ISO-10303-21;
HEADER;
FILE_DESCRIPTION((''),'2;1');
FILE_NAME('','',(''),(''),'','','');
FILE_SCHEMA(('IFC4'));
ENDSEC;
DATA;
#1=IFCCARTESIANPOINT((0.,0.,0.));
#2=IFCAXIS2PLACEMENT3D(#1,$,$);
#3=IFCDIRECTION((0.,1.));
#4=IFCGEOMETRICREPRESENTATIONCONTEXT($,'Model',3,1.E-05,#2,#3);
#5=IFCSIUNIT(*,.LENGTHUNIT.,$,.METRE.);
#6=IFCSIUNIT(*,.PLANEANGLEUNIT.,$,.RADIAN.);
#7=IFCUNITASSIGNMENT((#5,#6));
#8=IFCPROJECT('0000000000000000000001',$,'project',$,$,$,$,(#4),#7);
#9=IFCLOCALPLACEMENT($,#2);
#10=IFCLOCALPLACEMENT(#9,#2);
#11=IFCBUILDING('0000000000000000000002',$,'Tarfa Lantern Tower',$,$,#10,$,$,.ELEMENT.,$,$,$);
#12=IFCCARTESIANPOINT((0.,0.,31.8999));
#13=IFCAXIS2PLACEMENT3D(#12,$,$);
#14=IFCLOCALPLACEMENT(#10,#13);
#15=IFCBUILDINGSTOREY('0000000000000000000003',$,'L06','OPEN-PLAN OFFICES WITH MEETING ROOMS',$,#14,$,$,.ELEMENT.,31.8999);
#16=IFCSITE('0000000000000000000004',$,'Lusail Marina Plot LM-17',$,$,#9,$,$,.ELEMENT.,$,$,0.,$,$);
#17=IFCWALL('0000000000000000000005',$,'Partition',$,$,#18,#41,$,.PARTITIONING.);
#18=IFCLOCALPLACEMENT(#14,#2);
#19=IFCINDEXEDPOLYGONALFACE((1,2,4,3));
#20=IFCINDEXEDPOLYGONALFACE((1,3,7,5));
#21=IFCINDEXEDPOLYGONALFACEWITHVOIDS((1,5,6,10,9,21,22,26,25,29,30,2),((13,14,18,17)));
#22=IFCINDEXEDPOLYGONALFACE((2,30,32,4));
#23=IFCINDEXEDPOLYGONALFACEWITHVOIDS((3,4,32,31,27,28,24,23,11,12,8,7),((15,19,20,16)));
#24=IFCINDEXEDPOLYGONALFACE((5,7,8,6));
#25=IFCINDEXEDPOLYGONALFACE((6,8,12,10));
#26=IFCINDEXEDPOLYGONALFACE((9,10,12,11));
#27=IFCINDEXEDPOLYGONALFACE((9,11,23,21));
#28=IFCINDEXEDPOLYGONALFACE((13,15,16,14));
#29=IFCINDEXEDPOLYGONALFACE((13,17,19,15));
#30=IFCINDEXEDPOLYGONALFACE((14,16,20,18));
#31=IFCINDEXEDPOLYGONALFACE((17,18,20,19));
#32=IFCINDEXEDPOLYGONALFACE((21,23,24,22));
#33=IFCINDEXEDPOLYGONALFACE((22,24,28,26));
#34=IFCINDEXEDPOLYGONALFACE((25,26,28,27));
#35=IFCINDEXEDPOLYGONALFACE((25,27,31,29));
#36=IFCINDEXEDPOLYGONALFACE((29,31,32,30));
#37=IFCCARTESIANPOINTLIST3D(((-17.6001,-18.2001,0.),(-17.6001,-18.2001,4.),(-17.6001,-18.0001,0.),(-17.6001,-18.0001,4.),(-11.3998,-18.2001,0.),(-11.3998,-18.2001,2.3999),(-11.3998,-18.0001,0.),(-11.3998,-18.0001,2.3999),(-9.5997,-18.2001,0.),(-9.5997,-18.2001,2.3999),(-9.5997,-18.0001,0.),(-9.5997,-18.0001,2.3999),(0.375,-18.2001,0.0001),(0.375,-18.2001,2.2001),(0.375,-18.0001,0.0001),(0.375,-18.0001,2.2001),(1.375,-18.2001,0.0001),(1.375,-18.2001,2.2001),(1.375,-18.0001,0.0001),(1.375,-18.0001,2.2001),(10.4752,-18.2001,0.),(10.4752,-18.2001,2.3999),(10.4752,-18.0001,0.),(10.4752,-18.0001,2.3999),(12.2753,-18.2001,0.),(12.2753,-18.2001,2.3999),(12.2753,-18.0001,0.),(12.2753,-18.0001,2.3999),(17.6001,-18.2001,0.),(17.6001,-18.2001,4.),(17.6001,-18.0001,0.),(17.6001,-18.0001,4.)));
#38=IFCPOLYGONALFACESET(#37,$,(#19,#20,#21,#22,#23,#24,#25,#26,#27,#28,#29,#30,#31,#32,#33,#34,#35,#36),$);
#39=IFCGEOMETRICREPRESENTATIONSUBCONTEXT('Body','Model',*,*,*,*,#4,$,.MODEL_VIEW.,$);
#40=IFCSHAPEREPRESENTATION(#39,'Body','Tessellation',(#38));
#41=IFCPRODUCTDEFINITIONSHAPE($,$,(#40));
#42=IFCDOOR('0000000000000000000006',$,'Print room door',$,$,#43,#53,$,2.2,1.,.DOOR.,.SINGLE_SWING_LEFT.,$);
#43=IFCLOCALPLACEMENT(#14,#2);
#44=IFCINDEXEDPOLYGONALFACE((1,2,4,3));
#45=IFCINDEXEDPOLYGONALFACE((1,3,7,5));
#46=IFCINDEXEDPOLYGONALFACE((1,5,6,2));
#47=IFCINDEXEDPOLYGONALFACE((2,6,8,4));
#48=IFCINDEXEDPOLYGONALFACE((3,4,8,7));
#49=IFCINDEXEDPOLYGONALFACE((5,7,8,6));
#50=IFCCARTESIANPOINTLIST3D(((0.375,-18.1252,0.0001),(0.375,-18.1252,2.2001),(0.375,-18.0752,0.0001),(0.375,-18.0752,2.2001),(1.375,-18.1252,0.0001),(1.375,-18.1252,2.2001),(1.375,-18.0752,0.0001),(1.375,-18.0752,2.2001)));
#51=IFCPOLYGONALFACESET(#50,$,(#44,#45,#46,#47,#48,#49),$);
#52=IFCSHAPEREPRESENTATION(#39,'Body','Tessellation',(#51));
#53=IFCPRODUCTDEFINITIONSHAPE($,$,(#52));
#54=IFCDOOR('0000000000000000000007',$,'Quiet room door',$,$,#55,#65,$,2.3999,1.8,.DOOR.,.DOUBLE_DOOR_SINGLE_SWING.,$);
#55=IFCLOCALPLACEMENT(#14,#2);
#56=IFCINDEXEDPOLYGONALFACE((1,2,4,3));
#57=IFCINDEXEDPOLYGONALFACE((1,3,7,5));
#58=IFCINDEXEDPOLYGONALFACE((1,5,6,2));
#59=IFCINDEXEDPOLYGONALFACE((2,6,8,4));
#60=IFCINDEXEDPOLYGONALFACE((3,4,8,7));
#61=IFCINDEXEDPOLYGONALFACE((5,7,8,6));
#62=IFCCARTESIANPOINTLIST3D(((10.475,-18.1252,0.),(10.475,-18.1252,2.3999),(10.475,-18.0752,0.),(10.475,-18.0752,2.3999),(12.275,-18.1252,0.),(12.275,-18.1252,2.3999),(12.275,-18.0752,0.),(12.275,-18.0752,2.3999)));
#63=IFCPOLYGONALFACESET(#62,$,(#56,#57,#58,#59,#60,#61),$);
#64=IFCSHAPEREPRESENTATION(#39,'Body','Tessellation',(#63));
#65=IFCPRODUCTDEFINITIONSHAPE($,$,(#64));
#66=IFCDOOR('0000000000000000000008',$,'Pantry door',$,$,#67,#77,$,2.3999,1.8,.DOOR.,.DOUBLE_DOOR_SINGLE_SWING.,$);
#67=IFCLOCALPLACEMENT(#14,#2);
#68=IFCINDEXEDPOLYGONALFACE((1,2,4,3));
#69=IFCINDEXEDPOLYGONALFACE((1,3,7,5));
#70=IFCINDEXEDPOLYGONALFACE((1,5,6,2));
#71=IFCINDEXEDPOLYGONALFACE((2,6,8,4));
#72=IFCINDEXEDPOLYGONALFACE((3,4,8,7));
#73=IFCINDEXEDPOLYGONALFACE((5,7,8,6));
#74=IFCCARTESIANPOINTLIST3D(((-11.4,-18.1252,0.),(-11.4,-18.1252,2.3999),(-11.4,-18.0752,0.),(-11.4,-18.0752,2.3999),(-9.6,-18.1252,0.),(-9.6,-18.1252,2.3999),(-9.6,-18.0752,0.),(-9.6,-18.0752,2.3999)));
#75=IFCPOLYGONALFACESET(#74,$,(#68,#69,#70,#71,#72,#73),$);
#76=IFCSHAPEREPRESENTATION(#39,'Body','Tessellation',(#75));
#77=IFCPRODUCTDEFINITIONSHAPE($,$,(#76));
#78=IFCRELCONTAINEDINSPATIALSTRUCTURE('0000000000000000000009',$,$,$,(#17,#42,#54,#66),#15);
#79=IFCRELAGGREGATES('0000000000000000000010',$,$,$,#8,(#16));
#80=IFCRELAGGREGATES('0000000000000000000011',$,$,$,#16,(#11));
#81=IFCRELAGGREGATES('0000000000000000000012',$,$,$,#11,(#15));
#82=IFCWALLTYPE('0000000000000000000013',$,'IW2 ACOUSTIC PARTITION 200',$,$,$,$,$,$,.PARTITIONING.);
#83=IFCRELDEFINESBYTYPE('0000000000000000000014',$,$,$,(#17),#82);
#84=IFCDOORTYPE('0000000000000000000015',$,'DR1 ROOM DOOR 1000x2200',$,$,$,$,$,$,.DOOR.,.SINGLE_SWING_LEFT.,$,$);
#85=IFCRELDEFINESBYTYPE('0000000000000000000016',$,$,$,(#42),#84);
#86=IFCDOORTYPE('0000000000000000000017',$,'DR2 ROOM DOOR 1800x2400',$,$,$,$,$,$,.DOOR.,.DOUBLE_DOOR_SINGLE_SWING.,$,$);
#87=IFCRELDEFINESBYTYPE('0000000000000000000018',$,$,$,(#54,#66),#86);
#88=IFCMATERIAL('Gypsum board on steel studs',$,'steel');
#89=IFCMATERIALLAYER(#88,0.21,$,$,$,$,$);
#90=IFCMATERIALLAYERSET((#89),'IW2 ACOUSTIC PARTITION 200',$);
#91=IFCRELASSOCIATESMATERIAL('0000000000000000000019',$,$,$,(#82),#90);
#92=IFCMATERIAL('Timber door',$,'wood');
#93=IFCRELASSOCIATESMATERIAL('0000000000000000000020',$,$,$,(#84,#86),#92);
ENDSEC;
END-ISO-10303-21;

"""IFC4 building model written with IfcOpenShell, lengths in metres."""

from ifc_helpers import new_model, si_unit, direction, frame, frame_2d, origin, place, context, subcontext, project, spatial, rectangle, extrude, material, layer, layer_set, type_object, element, fill, save


model = new_model("IFC4")

# Units and contexts
model_context = context("Model", 3, precision=1e-05, world=origin(), true_north=direction((0.0, 1.0)))
body_context = subcontext(model_context, "Body", "Model", "MODEL_VIEW")
ifc_project = project(units=[si_unit("LENGTHUNIT", "METRE"), si_unit("PLANEANGLEUNIT", "RADIAN")], contexts=[model_context])

# Site, building, storey
site_placement = place(None, origin())
site = spatial("IfcSite", under=ifc_project, at=site_placement, Name="Lusail Marina Plot LM-17", CompositionType="ELEMENT", RefElevation=0.0)
building_placement = place(site_placement, origin())
building = spatial("IfcBuilding", under=site, at=building_placement, Name="Tarfa Lantern Tower", CompositionType="ELEMENT")
storey_placement = place(building_placement, frame((0.0, 0.0, 31.8999)))
storey = spatial("IfcBuildingStorey", under=building, at=storey_placement, Name="L06", Description="OPEN-PLAN OFFICES WITH MEETING ROOMS", CompositionType="ELEMENT", Elevation=31.8999)

# Wall, openings, doors
ifc_material_1 = material(Name="Gypsum board on steel studs", Category="steel")
ifc_layer_1 = layer(ifc_material_1, 0.21)
ifc_layer_set_1 = layer_set([ifc_layer_1], Name="IW2 ACOUSTIC PARTITION 200")
wall_type_1 = type_object("IfcWallType", Name="IW2 ACOUSTIC PARTITION 200", PredefinedType="PARTITIONING", material=ifc_layer_set_1)
wall_1_placement = place(storey_placement, frame((17.6001, -18.1001, 0.0), z_axis=(0.0, 0.0, 1.0), x_axis=(-1.0, 0.0, 0.0)))
wall_1 = element("IfcWall", 1, at=wall_1_placement, inside=storey, type_object=wall_type_1, Name="Partition", PredefinedType="PARTITIONING", context=body_context, shape_type="SweptSolid", body=[
    extrude(rectangle(XDim=35.2002, YDim=0.2, at=frame_2d((17.6001, 0.0))), origin(), (0.0, 0.0, 1.0), 4.0),
])
opening_1_placement = place(wall_1_placement, frame((5.325, 0.0, 0.0)))
opening_1 = element("IfcOpeningElement", 2, at=opening_1_placement, cuts=wall_1, PredefinedType="OPENING", context=body_context, shape_type="SweptSolid", body=[
    extrude(rectangle(XDim=1.8, YDim=2.3999, at=frame_2d((0.8999, 1.2))), frame((0.0, 0.1099, 0.0), z_axis=(0.0, -1.0, 0.0), x_axis=(1.0, 0.0, 0.0)), (0.0, 0.0, 1.0), 0.22),
])
opening_2_placement = place(wall_1_placement, frame((16.2251, 0.0, 0.0)))
opening_2 = element("IfcOpeningElement", 3, at=opening_2_placement, cuts=wall_1, PredefinedType="OPENING", context=body_context, shape_type="SweptSolid", body=[
    extrude(rectangle(XDim=1.0, YDim=2.2, at=frame_2d((0.5, 1.1001))), frame((0.0, 0.1099, 0.0), z_axis=(0.0, -1.0, 0.0), x_axis=(1.0, 0.0, 0.0)), (0.0, 0.0, 1.0), 0.22),
])
opening_3_placement = place(wall_1_placement, frame((27.2, 0.0, 0.0)))
opening_3 = element("IfcOpeningElement", 4, at=opening_3_placement, cuts=wall_1, PredefinedType="OPENING", context=body_context, shape_type="SweptSolid", body=[
    extrude(rectangle(XDim=1.8, YDim=2.3999, at=frame_2d((0.8999, 1.2))), frame((0.0, 0.1099, 0.0), z_axis=(0.0, -1.0, 0.0), x_axis=(1.0, 0.0, 0.0)), (0.0, 0.0, 1.0), 0.22),
])
ifc_material_2 = material(Name="Timber door", Category="wood")
door_type_1 = type_object("IfcDoorType", Name="DR1 ROOM DOOR 1000x2200", OperationType="SINGLE_SWING_LEFT", PredefinedType="DOOR", material=ifc_material_2)
door_1_placement = place(opening_2_placement, frame((1.0, 0.0, 0.0), z_axis=(0.0, 0.0, 1.0), x_axis=(-1.0, 0.0, 0.0)))
door_1 = element("IfcDoor", 5, at=door_1_placement, inside=storey, type_object=door_type_1, Name="Print room door", OperationType="SINGLE_SWING_LEFT", OverallHeight=2.2, OverallWidth=1.0, PredefinedType="DOOR", context=body_context, shape_type="SweptSolid", body=[
    extrude(rectangle(XDim=1.0, YDim=2.2, at=frame_2d((0.5, 1.1001))), frame((0.0, 0.0249, 0.0), z_axis=(0.0, -1.0, 0.0), x_axis=(1.0, 0.0, 0.0)), (0.0, 0.0, 1.0), 0.05),
])
fill(opening_2, door_1)
door_type_2 = type_object("IfcDoorType", Name="DR2 ROOM DOOR 1800x2400", OperationType="DOUBLE_DOOR_SINGLE_SWING", PredefinedType="DOOR", material=ifc_material_2)
door_2_placement = place(opening_1_placement, frame((1.8, 0.0, 0.0), z_axis=(0.0, 0.0, 1.0), x_axis=(-1.0, 0.0, 0.0)))
door_2 = element("IfcDoor", 6, at=door_2_placement, inside=storey, type_object=door_type_2, Name="Quiet room door", OperationType="DOUBLE_DOOR_SINGLE_SWING", OverallHeight=2.3999, OverallWidth=1.8, PredefinedType="DOOR", context=body_context, shape_type="SweptSolid", body=[
    extrude(rectangle(XDim=1.8, YDim=2.3999, at=frame_2d((0.8999, 1.2))), frame((0.0, 0.0249, 0.0), z_axis=(0.0, -1.0, 0.0), x_axis=(1.0, 0.0, 0.0)), (0.0, 0.0, 1.0), 0.05),
])
fill(opening_1, door_2)
door_3_placement = place(opening_3_placement, frame((1.8, 0.0, 0.0), z_axis=(0.0, 0.0, 1.0), x_axis=(-1.0, 0.0, 0.0)))
door_3 = element("IfcDoor", 7, at=door_3_placement, inside=storey, type_object=door_type_2, Name="Pantry door", OperationType="DOUBLE_DOOR_SINGLE_SWING", OverallHeight=2.3999, OverallWidth=1.8, PredefinedType="DOOR", context=body_context, shape_type="SweptSolid", body=[
    extrude(rectangle(XDim=1.8, YDim=2.3999, at=frame_2d((0.8999, 1.2))), frame((0.0, 0.0249, 0.0), z_axis=(0.0, -1.0, 0.0), x_axis=(1.0, 0.0, 0.0)), (0.0, 0.0, 1.0), 0.05),
])
fill(opening_3, door_3)

save(model, "model.ifc")
